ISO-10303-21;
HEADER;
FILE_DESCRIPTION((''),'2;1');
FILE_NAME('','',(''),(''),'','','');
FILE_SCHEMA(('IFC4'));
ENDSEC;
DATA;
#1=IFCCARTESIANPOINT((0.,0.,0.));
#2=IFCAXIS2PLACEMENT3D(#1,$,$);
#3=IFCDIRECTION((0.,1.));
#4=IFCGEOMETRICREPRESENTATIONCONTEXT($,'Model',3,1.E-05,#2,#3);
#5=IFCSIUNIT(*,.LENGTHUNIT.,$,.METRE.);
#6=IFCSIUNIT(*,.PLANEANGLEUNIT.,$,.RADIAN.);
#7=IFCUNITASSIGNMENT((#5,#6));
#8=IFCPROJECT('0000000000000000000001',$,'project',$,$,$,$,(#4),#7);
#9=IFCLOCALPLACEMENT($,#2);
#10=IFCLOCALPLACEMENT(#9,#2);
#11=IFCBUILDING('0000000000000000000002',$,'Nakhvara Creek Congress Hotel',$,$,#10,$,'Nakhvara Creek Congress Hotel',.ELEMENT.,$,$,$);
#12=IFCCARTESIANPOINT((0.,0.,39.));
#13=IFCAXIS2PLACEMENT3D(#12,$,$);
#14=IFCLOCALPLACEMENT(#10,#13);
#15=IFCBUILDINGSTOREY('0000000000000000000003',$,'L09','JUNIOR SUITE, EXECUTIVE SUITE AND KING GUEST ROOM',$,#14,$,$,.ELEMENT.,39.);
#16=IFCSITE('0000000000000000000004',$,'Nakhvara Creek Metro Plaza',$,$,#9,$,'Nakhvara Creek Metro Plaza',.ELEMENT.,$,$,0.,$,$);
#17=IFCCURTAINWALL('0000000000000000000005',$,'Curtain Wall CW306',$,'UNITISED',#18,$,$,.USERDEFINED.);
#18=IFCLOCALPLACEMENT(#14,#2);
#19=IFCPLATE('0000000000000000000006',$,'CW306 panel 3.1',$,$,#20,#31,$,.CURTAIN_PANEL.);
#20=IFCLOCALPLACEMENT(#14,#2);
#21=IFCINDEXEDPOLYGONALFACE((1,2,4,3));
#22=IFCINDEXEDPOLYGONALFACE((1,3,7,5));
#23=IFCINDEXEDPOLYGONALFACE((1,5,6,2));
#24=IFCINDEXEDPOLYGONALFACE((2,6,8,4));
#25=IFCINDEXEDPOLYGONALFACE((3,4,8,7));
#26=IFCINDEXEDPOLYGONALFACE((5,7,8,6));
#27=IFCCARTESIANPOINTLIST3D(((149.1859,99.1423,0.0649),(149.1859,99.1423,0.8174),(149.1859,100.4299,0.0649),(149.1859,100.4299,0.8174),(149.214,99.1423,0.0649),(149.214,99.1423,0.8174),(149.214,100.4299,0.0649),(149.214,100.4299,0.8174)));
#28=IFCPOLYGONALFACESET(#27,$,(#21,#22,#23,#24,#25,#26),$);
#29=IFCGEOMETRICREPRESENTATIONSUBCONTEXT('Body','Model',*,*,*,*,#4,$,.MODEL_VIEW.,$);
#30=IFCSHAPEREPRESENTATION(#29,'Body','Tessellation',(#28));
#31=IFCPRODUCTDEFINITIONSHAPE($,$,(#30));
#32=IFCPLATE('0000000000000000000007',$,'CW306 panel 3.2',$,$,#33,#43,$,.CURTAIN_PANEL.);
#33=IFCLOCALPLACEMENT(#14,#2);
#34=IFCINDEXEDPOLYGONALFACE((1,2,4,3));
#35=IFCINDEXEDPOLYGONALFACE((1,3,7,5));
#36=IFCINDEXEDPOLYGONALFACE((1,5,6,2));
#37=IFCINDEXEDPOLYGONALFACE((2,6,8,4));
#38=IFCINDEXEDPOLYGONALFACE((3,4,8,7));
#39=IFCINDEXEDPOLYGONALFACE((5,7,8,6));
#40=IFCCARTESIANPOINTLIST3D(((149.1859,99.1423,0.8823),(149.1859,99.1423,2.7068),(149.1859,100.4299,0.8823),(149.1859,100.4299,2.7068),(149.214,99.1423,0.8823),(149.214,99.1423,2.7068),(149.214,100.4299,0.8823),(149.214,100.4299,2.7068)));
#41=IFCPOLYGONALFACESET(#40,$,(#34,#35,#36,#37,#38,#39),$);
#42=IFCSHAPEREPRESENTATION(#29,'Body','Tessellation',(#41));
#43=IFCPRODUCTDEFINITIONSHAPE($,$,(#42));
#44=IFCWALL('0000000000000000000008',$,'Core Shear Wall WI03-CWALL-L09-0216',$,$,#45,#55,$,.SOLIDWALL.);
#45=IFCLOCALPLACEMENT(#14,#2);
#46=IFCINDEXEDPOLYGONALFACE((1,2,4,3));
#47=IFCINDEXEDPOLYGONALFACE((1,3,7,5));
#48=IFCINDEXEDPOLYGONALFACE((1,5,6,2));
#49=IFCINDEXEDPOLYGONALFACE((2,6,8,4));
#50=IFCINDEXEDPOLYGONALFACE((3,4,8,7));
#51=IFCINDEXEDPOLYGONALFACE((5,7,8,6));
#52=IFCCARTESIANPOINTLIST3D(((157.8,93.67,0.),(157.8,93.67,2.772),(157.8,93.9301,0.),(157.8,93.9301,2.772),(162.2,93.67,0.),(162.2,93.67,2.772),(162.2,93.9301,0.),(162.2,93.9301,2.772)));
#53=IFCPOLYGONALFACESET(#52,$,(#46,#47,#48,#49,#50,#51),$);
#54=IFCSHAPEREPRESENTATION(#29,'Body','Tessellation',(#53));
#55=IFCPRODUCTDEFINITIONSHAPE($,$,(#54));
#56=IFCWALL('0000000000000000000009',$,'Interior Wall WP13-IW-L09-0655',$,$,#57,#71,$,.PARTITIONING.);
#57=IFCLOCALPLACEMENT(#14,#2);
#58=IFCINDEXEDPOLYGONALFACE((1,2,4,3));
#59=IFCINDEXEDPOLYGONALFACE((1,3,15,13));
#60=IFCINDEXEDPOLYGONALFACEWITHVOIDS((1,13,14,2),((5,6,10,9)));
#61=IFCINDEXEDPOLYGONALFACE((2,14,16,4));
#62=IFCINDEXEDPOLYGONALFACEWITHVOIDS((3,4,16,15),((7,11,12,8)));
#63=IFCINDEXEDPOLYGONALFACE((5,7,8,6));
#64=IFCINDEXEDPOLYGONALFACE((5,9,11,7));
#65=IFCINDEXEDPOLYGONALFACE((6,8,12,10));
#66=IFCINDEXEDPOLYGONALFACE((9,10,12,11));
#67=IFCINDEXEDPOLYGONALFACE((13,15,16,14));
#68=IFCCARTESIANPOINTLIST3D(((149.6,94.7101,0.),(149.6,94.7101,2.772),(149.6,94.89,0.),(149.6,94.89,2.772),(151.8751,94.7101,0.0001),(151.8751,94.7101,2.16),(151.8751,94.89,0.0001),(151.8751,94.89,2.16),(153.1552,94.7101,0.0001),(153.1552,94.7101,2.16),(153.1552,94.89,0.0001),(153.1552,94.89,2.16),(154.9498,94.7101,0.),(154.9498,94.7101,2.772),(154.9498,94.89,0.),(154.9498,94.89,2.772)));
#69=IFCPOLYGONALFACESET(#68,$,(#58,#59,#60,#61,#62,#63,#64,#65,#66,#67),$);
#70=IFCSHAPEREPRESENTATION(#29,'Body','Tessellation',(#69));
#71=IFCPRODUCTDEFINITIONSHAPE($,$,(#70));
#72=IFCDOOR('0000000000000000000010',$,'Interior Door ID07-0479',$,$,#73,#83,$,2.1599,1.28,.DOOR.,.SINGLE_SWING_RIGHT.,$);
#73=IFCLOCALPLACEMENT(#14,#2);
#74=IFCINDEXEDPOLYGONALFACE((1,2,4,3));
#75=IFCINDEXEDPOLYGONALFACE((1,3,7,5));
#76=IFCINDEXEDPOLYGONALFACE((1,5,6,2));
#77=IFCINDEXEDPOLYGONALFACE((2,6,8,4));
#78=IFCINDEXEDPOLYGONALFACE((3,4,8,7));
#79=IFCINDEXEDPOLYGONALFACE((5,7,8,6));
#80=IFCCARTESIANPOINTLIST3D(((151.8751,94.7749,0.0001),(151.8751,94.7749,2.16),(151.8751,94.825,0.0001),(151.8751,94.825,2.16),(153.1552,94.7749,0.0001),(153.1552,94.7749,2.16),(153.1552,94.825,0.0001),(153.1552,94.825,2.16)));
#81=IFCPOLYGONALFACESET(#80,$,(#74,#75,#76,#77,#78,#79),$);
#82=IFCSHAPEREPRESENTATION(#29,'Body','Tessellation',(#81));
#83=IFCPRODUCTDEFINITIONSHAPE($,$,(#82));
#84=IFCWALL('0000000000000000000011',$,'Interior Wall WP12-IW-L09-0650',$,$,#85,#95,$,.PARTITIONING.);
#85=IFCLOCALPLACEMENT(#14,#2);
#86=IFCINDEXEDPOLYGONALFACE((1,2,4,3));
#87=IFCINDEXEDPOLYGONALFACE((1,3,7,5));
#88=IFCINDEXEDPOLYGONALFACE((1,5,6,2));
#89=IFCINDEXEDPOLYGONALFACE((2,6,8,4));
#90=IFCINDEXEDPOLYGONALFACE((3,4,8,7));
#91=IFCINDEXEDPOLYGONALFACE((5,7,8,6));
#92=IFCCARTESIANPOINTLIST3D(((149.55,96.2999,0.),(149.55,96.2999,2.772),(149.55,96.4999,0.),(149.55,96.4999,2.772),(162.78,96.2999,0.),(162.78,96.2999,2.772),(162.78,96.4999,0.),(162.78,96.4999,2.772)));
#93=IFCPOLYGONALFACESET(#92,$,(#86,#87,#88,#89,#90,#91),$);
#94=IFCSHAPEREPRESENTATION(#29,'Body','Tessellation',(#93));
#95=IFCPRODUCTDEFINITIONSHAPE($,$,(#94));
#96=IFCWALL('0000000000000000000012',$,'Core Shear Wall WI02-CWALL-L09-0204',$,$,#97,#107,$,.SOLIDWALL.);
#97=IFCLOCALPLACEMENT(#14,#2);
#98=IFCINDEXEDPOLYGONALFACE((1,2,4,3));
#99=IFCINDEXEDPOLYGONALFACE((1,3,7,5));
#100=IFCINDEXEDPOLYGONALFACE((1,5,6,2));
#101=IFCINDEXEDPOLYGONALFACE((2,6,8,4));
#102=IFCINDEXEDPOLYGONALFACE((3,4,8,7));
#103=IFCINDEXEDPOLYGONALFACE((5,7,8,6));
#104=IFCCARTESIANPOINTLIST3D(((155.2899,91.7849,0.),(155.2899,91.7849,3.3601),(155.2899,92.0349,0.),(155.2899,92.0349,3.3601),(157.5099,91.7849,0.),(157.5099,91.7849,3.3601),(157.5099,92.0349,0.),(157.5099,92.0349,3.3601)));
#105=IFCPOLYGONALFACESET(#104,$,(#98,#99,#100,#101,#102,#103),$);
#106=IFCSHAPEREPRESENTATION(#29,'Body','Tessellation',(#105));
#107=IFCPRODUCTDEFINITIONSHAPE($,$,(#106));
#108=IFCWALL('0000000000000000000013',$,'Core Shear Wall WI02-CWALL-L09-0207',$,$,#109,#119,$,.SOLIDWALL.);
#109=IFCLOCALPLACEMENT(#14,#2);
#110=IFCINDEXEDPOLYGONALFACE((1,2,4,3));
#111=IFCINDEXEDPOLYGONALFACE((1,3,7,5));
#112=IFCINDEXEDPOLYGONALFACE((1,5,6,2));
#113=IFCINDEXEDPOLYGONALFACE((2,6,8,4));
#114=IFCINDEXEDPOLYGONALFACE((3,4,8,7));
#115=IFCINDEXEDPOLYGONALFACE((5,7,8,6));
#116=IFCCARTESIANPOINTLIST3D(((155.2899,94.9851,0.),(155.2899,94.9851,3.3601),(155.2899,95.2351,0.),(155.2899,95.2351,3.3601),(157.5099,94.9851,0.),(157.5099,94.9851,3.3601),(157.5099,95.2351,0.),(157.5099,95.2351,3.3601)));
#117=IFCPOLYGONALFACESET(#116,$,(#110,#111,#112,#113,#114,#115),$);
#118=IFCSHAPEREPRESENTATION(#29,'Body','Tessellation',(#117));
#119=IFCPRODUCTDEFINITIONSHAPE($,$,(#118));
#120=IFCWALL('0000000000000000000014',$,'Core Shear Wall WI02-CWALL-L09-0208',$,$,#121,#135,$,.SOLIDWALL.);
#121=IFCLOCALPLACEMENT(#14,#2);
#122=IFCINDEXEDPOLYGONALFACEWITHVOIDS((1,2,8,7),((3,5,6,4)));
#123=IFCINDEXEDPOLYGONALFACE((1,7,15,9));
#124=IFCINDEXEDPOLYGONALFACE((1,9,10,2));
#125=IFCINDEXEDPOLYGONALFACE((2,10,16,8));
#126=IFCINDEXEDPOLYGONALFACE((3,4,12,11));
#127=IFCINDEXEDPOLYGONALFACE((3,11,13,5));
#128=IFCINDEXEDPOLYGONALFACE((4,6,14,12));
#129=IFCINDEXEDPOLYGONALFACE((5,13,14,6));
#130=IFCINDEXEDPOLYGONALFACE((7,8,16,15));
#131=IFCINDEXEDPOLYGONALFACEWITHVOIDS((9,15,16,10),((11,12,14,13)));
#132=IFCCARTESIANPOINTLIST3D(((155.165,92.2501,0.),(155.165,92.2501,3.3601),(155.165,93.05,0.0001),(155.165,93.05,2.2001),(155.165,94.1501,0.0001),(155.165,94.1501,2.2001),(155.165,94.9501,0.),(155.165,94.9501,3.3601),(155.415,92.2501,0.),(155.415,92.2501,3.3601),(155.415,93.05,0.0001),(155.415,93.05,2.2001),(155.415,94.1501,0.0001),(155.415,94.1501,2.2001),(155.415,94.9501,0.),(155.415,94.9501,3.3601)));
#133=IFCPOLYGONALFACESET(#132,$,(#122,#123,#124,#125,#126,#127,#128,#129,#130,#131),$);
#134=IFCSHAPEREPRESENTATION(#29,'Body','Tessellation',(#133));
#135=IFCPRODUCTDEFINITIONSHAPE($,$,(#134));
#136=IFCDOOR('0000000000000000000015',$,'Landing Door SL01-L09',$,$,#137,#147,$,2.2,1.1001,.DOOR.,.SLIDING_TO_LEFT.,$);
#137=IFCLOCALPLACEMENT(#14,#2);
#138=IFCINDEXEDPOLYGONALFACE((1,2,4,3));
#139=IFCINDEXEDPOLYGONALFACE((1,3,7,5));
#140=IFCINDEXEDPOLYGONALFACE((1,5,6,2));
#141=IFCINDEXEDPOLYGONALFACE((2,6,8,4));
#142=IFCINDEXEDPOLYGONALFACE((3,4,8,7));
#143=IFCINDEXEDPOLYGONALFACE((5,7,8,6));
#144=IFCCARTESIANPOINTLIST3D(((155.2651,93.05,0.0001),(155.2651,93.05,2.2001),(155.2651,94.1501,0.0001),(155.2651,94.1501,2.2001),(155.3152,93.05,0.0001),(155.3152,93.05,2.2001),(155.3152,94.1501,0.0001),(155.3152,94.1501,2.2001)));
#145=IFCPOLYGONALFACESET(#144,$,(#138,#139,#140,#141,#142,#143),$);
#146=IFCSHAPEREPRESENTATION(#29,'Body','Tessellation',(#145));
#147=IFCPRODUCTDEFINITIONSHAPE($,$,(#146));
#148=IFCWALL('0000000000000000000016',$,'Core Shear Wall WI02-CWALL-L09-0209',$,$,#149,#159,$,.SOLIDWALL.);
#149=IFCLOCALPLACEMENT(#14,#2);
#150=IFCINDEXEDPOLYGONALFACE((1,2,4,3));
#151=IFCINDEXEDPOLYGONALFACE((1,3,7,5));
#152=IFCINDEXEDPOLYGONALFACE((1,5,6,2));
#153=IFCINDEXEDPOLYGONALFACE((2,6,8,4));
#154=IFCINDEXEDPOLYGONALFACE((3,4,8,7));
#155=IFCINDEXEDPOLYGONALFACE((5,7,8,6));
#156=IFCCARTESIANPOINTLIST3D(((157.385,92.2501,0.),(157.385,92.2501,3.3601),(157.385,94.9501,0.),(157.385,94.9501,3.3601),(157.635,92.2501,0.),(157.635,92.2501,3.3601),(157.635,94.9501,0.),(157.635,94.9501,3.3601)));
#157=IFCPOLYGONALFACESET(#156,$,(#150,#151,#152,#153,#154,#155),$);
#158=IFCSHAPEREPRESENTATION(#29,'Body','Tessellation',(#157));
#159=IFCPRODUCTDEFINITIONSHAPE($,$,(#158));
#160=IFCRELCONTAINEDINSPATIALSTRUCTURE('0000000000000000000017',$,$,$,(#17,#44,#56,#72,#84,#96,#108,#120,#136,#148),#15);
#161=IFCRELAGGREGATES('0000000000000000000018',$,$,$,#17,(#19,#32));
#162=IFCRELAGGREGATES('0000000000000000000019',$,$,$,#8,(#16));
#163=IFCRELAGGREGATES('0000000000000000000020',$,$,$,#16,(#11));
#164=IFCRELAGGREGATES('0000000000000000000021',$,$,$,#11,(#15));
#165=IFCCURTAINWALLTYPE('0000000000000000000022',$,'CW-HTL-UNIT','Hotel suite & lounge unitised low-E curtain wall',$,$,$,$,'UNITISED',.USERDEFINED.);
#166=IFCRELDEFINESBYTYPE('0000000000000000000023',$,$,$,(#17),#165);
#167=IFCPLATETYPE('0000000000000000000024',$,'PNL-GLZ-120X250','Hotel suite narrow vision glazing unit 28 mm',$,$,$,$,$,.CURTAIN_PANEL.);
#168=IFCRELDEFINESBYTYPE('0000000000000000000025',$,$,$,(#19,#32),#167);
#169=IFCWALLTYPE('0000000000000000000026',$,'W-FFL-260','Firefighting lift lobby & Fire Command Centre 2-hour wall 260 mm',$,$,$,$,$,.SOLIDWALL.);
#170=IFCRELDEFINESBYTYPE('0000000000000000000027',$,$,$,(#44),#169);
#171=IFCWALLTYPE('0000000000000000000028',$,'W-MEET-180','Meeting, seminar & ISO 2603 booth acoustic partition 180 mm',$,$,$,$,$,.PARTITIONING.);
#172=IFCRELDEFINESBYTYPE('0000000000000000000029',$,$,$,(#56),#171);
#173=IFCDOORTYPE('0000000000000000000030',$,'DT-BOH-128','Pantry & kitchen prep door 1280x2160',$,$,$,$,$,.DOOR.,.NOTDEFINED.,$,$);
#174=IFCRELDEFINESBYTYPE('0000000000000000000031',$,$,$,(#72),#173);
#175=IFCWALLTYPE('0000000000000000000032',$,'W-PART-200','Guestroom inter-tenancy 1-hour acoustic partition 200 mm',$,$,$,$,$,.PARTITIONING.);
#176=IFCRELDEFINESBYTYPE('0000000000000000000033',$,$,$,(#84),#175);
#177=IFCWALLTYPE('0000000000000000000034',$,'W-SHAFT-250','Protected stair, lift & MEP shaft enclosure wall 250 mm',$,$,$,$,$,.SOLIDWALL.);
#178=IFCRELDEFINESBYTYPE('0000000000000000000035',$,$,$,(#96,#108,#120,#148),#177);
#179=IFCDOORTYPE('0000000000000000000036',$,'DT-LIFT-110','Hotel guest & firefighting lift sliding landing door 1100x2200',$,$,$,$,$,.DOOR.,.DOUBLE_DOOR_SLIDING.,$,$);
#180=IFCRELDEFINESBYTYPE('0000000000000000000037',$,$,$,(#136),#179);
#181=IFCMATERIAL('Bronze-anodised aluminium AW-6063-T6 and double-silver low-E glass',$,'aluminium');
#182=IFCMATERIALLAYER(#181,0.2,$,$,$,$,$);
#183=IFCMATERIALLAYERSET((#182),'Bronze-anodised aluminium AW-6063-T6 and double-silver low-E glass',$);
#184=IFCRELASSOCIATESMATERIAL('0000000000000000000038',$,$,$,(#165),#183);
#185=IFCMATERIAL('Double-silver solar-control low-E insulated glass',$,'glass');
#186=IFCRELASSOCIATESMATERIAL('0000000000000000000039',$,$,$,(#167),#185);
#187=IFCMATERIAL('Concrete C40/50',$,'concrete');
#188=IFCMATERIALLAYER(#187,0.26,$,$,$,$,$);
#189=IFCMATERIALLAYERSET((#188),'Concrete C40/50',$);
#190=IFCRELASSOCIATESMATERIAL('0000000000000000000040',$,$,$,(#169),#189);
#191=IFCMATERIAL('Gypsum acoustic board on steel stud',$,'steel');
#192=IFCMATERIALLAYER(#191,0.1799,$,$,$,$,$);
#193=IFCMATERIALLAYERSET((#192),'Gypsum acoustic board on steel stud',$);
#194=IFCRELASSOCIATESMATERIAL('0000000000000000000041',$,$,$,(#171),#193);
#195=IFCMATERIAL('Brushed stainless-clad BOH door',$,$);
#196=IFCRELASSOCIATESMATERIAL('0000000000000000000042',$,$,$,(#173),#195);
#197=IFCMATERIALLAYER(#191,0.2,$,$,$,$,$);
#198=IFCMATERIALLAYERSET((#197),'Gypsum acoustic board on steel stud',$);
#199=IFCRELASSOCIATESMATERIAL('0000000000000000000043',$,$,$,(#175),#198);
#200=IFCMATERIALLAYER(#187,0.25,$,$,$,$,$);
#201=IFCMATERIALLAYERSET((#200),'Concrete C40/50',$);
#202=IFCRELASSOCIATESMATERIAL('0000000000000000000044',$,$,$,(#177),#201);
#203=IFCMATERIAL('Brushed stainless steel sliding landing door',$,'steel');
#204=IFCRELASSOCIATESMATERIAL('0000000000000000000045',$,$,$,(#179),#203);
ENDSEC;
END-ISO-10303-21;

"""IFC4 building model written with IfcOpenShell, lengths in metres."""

from ifc_helpers import new_model, si_unit, direction, frame, frame_2d, origin, origin_2d, place, context, subcontext, project, spatial, rectangle, extrude, material, layer, layer_set, type_object, element, fill, aggregate, save


model = new_model("IFC4")

# Units and contexts
model_context = context("Model", 3, precision=1e-05, world=origin(), true_north=direction((0.0, 1.0)))
body_context = subcontext(model_context, "Body", "Model", "MODEL_VIEW")
ifc_project = project(units=[si_unit("LENGTHUNIT", "METRE"), si_unit("PLANEANGLEUNIT", "RADIAN")], contexts=[model_context])

# Site, building, storey
site_placement = place(None, origin())
site = spatial("IfcSite", under=ifc_project, at=site_placement, Name="Nakhvara Creek Metro Plaza", LongName="Nakhvara Creek Metro Plaza", CompositionType="ELEMENT", RefElevation=0.0)
building_placement = place(site_placement, origin())
building = spatial("IfcBuilding", under=site, at=building_placement, Name="Nakhvara Creek Congress Hotel", LongName="Nakhvara Creek Congress Hotel", CompositionType="ELEMENT")
storey_placement = place(building_placement, frame((0.0, 0.0, 39.0)))
storey = spatial("IfcBuildingStorey", under=building, at=storey_placement, Name="L09", Description="JUNIOR SUITE, EXECUTIVE SUITE AND KING GUEST ROOM", CompositionType="ELEMENT", Elevation=39.0)

# Shared definitions
ifc_material_1 = material(Name="Concrete C40/50", Category="concrete")

# Shared definitions
ifc_material_2 = material(Name="Bronze-anodised aluminium AW-6063-T6 and double-silver low-E glass", Category="aluminium")
ifc_layer_1 = layer(ifc_material_2, 0.2)
ifc_layer_set_1 = layer_set([ifc_layer_1], Name="Bronze-anodised aluminium AW-6063-T6 and double-silver low-E glass")
curtain_wall_type = type_object("IfcCurtainWallType", Name="CW-HTL-UNIT", Description="Hotel suite & lounge unitised low-E curtain wall", ElementType="UNITISED", PredefinedType="USERDEFINED", material=ifc_layer_set_1)

# Curtain wall
curtain_wall_1_placement = place(storey_placement, origin())
curtain_wall_1 = element("IfcCurtainWall", 1, at=curtain_wall_1_placement, inside=storey, type_object=curtain_wall_type, Name="Curtain Wall CW306", ObjectType="UNITISED", PredefinedType="USERDEFINED")

# Plates
ifc_material_3 = material(Name="Double-silver solar-control low-E insulated glass", Category="glass")
plate_type = type_object("IfcPlateType", Name="PNL-GLZ-120X250", Description="Hotel suite narrow vision glazing unit 28 mm", PredefinedType="CURTAIN_PANEL", material=ifc_material_3)
plate_1_placement = place(storey_placement, frame((149.2, 99.7861, 0.0649), z_axis=(0.0, 0.0, 1.0), x_axis=(0.0, 1.0, 0.0)))
plate_1 = element("IfcPlate", 2, at=plate_1_placement, type_object=plate_type, Name="CW306 panel 3.1", PredefinedType="CURTAIN_PANEL", context=body_context, shape_type="SweptSolid", body=[
    extrude(rectangle(XDim=1.2876, YDim=0.0281, at=origin_2d()), origin(), (0.0, 0.0, 1.0), 0.7524),
])
plate_2_placement = place(storey_placement, frame((149.2, 99.7861, 0.8823), z_axis=(0.0, 0.0, 1.0), x_axis=(0.0, 1.0, 0.0)))
plate_2 = element("IfcPlate", 3, at=plate_2_placement, type_object=plate_type, Name="CW306 panel 3.2", PredefinedType="CURTAIN_PANEL", context=body_context, shape_type="SweptSolid", body=[
    extrude(rectangle(XDim=1.2876, YDim=0.0281, at=origin_2d()), origin(), (0.0, 0.0, 1.0), 1.8245),
])
aggregate(curtain_wall_1, [plate_1, plate_2])

# Wall
ifc_layer_2 = layer(ifc_material_1, 0.26)
ifc_layer_set_2 = layer_set([ifc_layer_2], Name="Concrete C40/50")
wall_type_1 = type_object("IfcWallType", Name="W-FFL-260", Description="Firefighting lift lobby & Fire Command Centre 2-hour wall 260 mm", PredefinedType="SOLIDWALL", material=ifc_layer_set_2)
wall_1_placement = place(storey_placement, frame((157.8, 93.8, 0.0), z_axis=(0.0, 0.0, 1.0), x_axis=(1.0, 0.0, 0.0)))
element("IfcWall", 4, at=wall_1_placement, inside=storey, type_object=wall_type_1, Name="Core Shear Wall WI03-CWALL-L09-0216", PredefinedType="SOLIDWALL", context=body_context, shape_type="SweptSolid", body=[
    extrude(rectangle(XDim=4.3999, YDim=0.26, at=frame_2d((2.2, 0.0))), origin(), (0.0, 0.0, 1.0), 2.772),
])

# Wall, opening, door
ifc_material_4 = material(Name="Gypsum acoustic board on steel stud", Category="steel")
ifc_layer_3 = layer(ifc_material_4, 0.1799)
ifc_layer_set_3 = layer_set([ifc_layer_3], Name="Gypsum acoustic board on steel stud")
wall_type_2 = type_object("IfcWallType", Name="W-MEET-180", Description="Meeting, seminar & ISO 2603 booth acoustic partition 180 mm", PredefinedType="PARTITIONING", material=ifc_layer_set_3)
wall_2_placement = place(storey_placement, frame((149.6001, 94.8, 0.0), z_axis=(0.0, 0.0, 1.0), x_axis=(1.0, 0.0, 0.0)))
wall_2 = element("IfcWall", 5, at=wall_2_placement, inside=storey, type_object=wall_type_2, Name="Interior Wall WP13-IW-L09-0655", PredefinedType="PARTITIONING", context=body_context, shape_type="SweptSolid", body=[
    extrude(rectangle(XDim=5.3499, YDim=0.1799, at=frame_2d((2.6748, 0.0))), origin(), (0.0, 0.0, 1.0), 2.772),
])
opening_1_placement = place(wall_2_placement, frame((2.2749, 0.0, 0.0)))
opening_1 = element("IfcOpeningElement", 6, at=opening_1_placement, cuts=wall_2, PredefinedType="OPENING", context=body_context, shape_type="SweptSolid", body=[
    extrude(rectangle(XDim=1.28, YDim=2.1599, at=frame_2d((0.6401, 1.0801))), frame((0.0, 0.1021, 0.0), z_axis=(0.0, -1.0, 0.0), x_axis=(1.0, 0.0, 0.0)), (0.0, 0.0, 1.0), 0.2039),
])
ifc_material_5 = material(Name="Brushed stainless-clad BOH door")
door_type_1 = type_object("IfcDoorType", Name="DT-BOH-128", Description="Pantry & kitchen prep door 1280x2160", OperationType="NOTDEFINED", PredefinedType="DOOR", material=ifc_material_5)
door_1_placement = place(opening_1_placement, origin())
door_1 = element("IfcDoor", 7, at=door_1_placement, inside=storey, type_object=door_type_1, Name="Interior Door ID07-0479", OperationType="SINGLE_SWING_RIGHT", OverallHeight=2.1599, OverallWidth=1.28, PredefinedType="DOOR", context=body_context, shape_type="SweptSolid", body=[
    extrude(rectangle(XDim=1.28, YDim=2.1599, at=frame_2d((0.6401, 1.0801))), frame((0.0, 0.0249, 0.0), z_axis=(0.0, -1.0, 0.0), x_axis=(1.0, 0.0, 0.0)), (0.0, 0.0, 1.0), 0.05),
])
fill(opening_1, door_1)

# Walls
ifc_layer_4 = layer(ifc_material_4, 0.2)
ifc_layer_set_4 = layer_set([ifc_layer_4], Name="Gypsum acoustic board on steel stud")
wall_type_3 = type_object("IfcWallType", Name="W-PART-200", Description="Guestroom inter-tenancy 1-hour acoustic partition 200 mm", PredefinedType="PARTITIONING", material=ifc_layer_set_4)
wall_3_placement = place(storey_placement, frame((149.55, 96.3999, 0.0), z_axis=(0.0, 0.0, 1.0), x_axis=(1.0, 0.0, 0.0)))
element("IfcWall", 8, at=wall_3_placement, inside=storey, type_object=wall_type_3, Name="Interior Wall WP12-IW-L09-0650", PredefinedType="PARTITIONING", context=body_context, shape_type="SweptSolid", body=[
    extrude(rectangle(XDim=13.23, YDim=0.2, at=frame_2d((6.615, 0.0))), origin(), (0.0, 0.0, 1.0), 2.772),
])
ifc_layer_5 = layer(ifc_material_1, 0.25)
ifc_layer_set_5 = layer_set([ifc_layer_5], Name="Concrete C40/50")
wall_type_4 = type_object("IfcWallType", Name="W-SHAFT-250", Description="Protected stair, lift & MEP shaft enclosure wall 250 mm", PredefinedType="SOLIDWALL", material=ifc_layer_set_5)
for number, where, z_axis, x_axis, name in (
    (9, (155.29, 91.9099, 0.0), (0.0, 0.0, 1.0), (1.0, 0.0, 0.0), "Core Shear Wall WI02-CWALL-L09-0204"),
    (10, (155.29, 95.1101, 0.0), (0.0, 0.0, 1.0), (1.0, 0.0, 0.0), "Core Shear Wall WI02-CWALL-L09-0207"),
):
    element("IfcWall", number, at=place(storey_placement, frame(where, z_axis=z_axis, x_axis=x_axis)), inside=storey, type_object=wall_type_4, Name=name, PredefinedType="SOLIDWALL", context=body_context, shape_type="SweptSolid", body=[
        extrude(rectangle(XDim=2.22, YDim=0.25, at=frame_2d((1.1099, 0.0))), origin(), (0.0, 0.0, 1.0), 3.3601),
    ])

# Wall, opening, door
wall_4_placement = place(storey_placement, frame((155.29, 92.25, 0.0), z_axis=(0.0, 0.0, 1.0), x_axis=(0.0, 1.0, 0.0)))
wall_4 = element("IfcWall", 11, at=wall_4_placement, inside=storey, type_object=wall_type_4, Name="Core Shear Wall WI02-CWALL-L09-0208", PredefinedType="SOLIDWALL", context=body_context, shape_type="SweptSolid", body=[
    extrude(rectangle(XDim=2.7, YDim=0.25, at=frame_2d((1.3501, 0.0))), origin(), (0.0, 0.0, 1.0), 3.3601),
])
opening_2_placement = place(wall_4_placement, frame((0.8, 0.0, 0.0)))
opening_2 = element("IfcOpeningElement", 12, at=opening_2_placement, cuts=wall_4, PredefinedType="OPENING", context=body_context, shape_type="SweptSolid", body=[
    extrude(rectangle(XDim=1.1001, YDim=2.2, at=frame_2d((0.55, 1.1001))), frame((0.0, 0.137, 0.0), z_axis=(0.0, -1.0, 0.0), x_axis=(1.0, 0.0, 0.0)), (0.0, 0.0, 1.0), 0.2739),
])
ifc_material_6 = material(Name="Brushed stainless steel sliding landing door", Category="steel")
door_type_2 = type_object("IfcDoorType", Name="DT-LIFT-110", Description="Hotel guest & firefighting lift sliding landing door 1100x2200", OperationType="DOUBLE_DOOR_SLIDING", PredefinedType="DOOR", material=ifc_material_6)
door_2_placement = place(opening_2_placement, origin())
door_2 = element("IfcDoor", 13, at=door_2_placement, inside=storey, type_object=door_type_2, Name="Landing Door SL01-L09", OperationType="SLIDING_TO_LEFT", OverallHeight=2.2, OverallWidth=1.1001, PredefinedType="DOOR", context=body_context, shape_type="SweptSolid", body=[
    extrude(rectangle(XDim=1.1001, YDim=2.2, at=frame_2d((0.55, 1.1001))), frame((0.0, 0.0249, 0.0), z_axis=(0.0, -1.0, 0.0), x_axis=(1.0, 0.0, 0.0)), (0.0, 0.0, 1.0), 0.05),
])
fill(opening_2, door_2)

# Wall
wall_5_placement = place(storey_placement, frame((157.51, 92.25, 0.0), z_axis=(0.0, 0.0, 1.0), x_axis=(0.0, 1.0, 0.0)))
element("IfcWall", 14, at=wall_5_placement, inside=storey, type_object=wall_type_4, Name="Core Shear Wall WI02-CWALL-L09-0209", PredefinedType="SOLIDWALL", context=body_context, shape_type="SweptSolid", body=[
    extrude(rectangle(XDim=2.7, YDim=0.25, at=frame_2d((1.3501, 0.0))), origin(), (0.0, 0.0, 1.0), 3.3601),
])

save(model, "model.ifc")
